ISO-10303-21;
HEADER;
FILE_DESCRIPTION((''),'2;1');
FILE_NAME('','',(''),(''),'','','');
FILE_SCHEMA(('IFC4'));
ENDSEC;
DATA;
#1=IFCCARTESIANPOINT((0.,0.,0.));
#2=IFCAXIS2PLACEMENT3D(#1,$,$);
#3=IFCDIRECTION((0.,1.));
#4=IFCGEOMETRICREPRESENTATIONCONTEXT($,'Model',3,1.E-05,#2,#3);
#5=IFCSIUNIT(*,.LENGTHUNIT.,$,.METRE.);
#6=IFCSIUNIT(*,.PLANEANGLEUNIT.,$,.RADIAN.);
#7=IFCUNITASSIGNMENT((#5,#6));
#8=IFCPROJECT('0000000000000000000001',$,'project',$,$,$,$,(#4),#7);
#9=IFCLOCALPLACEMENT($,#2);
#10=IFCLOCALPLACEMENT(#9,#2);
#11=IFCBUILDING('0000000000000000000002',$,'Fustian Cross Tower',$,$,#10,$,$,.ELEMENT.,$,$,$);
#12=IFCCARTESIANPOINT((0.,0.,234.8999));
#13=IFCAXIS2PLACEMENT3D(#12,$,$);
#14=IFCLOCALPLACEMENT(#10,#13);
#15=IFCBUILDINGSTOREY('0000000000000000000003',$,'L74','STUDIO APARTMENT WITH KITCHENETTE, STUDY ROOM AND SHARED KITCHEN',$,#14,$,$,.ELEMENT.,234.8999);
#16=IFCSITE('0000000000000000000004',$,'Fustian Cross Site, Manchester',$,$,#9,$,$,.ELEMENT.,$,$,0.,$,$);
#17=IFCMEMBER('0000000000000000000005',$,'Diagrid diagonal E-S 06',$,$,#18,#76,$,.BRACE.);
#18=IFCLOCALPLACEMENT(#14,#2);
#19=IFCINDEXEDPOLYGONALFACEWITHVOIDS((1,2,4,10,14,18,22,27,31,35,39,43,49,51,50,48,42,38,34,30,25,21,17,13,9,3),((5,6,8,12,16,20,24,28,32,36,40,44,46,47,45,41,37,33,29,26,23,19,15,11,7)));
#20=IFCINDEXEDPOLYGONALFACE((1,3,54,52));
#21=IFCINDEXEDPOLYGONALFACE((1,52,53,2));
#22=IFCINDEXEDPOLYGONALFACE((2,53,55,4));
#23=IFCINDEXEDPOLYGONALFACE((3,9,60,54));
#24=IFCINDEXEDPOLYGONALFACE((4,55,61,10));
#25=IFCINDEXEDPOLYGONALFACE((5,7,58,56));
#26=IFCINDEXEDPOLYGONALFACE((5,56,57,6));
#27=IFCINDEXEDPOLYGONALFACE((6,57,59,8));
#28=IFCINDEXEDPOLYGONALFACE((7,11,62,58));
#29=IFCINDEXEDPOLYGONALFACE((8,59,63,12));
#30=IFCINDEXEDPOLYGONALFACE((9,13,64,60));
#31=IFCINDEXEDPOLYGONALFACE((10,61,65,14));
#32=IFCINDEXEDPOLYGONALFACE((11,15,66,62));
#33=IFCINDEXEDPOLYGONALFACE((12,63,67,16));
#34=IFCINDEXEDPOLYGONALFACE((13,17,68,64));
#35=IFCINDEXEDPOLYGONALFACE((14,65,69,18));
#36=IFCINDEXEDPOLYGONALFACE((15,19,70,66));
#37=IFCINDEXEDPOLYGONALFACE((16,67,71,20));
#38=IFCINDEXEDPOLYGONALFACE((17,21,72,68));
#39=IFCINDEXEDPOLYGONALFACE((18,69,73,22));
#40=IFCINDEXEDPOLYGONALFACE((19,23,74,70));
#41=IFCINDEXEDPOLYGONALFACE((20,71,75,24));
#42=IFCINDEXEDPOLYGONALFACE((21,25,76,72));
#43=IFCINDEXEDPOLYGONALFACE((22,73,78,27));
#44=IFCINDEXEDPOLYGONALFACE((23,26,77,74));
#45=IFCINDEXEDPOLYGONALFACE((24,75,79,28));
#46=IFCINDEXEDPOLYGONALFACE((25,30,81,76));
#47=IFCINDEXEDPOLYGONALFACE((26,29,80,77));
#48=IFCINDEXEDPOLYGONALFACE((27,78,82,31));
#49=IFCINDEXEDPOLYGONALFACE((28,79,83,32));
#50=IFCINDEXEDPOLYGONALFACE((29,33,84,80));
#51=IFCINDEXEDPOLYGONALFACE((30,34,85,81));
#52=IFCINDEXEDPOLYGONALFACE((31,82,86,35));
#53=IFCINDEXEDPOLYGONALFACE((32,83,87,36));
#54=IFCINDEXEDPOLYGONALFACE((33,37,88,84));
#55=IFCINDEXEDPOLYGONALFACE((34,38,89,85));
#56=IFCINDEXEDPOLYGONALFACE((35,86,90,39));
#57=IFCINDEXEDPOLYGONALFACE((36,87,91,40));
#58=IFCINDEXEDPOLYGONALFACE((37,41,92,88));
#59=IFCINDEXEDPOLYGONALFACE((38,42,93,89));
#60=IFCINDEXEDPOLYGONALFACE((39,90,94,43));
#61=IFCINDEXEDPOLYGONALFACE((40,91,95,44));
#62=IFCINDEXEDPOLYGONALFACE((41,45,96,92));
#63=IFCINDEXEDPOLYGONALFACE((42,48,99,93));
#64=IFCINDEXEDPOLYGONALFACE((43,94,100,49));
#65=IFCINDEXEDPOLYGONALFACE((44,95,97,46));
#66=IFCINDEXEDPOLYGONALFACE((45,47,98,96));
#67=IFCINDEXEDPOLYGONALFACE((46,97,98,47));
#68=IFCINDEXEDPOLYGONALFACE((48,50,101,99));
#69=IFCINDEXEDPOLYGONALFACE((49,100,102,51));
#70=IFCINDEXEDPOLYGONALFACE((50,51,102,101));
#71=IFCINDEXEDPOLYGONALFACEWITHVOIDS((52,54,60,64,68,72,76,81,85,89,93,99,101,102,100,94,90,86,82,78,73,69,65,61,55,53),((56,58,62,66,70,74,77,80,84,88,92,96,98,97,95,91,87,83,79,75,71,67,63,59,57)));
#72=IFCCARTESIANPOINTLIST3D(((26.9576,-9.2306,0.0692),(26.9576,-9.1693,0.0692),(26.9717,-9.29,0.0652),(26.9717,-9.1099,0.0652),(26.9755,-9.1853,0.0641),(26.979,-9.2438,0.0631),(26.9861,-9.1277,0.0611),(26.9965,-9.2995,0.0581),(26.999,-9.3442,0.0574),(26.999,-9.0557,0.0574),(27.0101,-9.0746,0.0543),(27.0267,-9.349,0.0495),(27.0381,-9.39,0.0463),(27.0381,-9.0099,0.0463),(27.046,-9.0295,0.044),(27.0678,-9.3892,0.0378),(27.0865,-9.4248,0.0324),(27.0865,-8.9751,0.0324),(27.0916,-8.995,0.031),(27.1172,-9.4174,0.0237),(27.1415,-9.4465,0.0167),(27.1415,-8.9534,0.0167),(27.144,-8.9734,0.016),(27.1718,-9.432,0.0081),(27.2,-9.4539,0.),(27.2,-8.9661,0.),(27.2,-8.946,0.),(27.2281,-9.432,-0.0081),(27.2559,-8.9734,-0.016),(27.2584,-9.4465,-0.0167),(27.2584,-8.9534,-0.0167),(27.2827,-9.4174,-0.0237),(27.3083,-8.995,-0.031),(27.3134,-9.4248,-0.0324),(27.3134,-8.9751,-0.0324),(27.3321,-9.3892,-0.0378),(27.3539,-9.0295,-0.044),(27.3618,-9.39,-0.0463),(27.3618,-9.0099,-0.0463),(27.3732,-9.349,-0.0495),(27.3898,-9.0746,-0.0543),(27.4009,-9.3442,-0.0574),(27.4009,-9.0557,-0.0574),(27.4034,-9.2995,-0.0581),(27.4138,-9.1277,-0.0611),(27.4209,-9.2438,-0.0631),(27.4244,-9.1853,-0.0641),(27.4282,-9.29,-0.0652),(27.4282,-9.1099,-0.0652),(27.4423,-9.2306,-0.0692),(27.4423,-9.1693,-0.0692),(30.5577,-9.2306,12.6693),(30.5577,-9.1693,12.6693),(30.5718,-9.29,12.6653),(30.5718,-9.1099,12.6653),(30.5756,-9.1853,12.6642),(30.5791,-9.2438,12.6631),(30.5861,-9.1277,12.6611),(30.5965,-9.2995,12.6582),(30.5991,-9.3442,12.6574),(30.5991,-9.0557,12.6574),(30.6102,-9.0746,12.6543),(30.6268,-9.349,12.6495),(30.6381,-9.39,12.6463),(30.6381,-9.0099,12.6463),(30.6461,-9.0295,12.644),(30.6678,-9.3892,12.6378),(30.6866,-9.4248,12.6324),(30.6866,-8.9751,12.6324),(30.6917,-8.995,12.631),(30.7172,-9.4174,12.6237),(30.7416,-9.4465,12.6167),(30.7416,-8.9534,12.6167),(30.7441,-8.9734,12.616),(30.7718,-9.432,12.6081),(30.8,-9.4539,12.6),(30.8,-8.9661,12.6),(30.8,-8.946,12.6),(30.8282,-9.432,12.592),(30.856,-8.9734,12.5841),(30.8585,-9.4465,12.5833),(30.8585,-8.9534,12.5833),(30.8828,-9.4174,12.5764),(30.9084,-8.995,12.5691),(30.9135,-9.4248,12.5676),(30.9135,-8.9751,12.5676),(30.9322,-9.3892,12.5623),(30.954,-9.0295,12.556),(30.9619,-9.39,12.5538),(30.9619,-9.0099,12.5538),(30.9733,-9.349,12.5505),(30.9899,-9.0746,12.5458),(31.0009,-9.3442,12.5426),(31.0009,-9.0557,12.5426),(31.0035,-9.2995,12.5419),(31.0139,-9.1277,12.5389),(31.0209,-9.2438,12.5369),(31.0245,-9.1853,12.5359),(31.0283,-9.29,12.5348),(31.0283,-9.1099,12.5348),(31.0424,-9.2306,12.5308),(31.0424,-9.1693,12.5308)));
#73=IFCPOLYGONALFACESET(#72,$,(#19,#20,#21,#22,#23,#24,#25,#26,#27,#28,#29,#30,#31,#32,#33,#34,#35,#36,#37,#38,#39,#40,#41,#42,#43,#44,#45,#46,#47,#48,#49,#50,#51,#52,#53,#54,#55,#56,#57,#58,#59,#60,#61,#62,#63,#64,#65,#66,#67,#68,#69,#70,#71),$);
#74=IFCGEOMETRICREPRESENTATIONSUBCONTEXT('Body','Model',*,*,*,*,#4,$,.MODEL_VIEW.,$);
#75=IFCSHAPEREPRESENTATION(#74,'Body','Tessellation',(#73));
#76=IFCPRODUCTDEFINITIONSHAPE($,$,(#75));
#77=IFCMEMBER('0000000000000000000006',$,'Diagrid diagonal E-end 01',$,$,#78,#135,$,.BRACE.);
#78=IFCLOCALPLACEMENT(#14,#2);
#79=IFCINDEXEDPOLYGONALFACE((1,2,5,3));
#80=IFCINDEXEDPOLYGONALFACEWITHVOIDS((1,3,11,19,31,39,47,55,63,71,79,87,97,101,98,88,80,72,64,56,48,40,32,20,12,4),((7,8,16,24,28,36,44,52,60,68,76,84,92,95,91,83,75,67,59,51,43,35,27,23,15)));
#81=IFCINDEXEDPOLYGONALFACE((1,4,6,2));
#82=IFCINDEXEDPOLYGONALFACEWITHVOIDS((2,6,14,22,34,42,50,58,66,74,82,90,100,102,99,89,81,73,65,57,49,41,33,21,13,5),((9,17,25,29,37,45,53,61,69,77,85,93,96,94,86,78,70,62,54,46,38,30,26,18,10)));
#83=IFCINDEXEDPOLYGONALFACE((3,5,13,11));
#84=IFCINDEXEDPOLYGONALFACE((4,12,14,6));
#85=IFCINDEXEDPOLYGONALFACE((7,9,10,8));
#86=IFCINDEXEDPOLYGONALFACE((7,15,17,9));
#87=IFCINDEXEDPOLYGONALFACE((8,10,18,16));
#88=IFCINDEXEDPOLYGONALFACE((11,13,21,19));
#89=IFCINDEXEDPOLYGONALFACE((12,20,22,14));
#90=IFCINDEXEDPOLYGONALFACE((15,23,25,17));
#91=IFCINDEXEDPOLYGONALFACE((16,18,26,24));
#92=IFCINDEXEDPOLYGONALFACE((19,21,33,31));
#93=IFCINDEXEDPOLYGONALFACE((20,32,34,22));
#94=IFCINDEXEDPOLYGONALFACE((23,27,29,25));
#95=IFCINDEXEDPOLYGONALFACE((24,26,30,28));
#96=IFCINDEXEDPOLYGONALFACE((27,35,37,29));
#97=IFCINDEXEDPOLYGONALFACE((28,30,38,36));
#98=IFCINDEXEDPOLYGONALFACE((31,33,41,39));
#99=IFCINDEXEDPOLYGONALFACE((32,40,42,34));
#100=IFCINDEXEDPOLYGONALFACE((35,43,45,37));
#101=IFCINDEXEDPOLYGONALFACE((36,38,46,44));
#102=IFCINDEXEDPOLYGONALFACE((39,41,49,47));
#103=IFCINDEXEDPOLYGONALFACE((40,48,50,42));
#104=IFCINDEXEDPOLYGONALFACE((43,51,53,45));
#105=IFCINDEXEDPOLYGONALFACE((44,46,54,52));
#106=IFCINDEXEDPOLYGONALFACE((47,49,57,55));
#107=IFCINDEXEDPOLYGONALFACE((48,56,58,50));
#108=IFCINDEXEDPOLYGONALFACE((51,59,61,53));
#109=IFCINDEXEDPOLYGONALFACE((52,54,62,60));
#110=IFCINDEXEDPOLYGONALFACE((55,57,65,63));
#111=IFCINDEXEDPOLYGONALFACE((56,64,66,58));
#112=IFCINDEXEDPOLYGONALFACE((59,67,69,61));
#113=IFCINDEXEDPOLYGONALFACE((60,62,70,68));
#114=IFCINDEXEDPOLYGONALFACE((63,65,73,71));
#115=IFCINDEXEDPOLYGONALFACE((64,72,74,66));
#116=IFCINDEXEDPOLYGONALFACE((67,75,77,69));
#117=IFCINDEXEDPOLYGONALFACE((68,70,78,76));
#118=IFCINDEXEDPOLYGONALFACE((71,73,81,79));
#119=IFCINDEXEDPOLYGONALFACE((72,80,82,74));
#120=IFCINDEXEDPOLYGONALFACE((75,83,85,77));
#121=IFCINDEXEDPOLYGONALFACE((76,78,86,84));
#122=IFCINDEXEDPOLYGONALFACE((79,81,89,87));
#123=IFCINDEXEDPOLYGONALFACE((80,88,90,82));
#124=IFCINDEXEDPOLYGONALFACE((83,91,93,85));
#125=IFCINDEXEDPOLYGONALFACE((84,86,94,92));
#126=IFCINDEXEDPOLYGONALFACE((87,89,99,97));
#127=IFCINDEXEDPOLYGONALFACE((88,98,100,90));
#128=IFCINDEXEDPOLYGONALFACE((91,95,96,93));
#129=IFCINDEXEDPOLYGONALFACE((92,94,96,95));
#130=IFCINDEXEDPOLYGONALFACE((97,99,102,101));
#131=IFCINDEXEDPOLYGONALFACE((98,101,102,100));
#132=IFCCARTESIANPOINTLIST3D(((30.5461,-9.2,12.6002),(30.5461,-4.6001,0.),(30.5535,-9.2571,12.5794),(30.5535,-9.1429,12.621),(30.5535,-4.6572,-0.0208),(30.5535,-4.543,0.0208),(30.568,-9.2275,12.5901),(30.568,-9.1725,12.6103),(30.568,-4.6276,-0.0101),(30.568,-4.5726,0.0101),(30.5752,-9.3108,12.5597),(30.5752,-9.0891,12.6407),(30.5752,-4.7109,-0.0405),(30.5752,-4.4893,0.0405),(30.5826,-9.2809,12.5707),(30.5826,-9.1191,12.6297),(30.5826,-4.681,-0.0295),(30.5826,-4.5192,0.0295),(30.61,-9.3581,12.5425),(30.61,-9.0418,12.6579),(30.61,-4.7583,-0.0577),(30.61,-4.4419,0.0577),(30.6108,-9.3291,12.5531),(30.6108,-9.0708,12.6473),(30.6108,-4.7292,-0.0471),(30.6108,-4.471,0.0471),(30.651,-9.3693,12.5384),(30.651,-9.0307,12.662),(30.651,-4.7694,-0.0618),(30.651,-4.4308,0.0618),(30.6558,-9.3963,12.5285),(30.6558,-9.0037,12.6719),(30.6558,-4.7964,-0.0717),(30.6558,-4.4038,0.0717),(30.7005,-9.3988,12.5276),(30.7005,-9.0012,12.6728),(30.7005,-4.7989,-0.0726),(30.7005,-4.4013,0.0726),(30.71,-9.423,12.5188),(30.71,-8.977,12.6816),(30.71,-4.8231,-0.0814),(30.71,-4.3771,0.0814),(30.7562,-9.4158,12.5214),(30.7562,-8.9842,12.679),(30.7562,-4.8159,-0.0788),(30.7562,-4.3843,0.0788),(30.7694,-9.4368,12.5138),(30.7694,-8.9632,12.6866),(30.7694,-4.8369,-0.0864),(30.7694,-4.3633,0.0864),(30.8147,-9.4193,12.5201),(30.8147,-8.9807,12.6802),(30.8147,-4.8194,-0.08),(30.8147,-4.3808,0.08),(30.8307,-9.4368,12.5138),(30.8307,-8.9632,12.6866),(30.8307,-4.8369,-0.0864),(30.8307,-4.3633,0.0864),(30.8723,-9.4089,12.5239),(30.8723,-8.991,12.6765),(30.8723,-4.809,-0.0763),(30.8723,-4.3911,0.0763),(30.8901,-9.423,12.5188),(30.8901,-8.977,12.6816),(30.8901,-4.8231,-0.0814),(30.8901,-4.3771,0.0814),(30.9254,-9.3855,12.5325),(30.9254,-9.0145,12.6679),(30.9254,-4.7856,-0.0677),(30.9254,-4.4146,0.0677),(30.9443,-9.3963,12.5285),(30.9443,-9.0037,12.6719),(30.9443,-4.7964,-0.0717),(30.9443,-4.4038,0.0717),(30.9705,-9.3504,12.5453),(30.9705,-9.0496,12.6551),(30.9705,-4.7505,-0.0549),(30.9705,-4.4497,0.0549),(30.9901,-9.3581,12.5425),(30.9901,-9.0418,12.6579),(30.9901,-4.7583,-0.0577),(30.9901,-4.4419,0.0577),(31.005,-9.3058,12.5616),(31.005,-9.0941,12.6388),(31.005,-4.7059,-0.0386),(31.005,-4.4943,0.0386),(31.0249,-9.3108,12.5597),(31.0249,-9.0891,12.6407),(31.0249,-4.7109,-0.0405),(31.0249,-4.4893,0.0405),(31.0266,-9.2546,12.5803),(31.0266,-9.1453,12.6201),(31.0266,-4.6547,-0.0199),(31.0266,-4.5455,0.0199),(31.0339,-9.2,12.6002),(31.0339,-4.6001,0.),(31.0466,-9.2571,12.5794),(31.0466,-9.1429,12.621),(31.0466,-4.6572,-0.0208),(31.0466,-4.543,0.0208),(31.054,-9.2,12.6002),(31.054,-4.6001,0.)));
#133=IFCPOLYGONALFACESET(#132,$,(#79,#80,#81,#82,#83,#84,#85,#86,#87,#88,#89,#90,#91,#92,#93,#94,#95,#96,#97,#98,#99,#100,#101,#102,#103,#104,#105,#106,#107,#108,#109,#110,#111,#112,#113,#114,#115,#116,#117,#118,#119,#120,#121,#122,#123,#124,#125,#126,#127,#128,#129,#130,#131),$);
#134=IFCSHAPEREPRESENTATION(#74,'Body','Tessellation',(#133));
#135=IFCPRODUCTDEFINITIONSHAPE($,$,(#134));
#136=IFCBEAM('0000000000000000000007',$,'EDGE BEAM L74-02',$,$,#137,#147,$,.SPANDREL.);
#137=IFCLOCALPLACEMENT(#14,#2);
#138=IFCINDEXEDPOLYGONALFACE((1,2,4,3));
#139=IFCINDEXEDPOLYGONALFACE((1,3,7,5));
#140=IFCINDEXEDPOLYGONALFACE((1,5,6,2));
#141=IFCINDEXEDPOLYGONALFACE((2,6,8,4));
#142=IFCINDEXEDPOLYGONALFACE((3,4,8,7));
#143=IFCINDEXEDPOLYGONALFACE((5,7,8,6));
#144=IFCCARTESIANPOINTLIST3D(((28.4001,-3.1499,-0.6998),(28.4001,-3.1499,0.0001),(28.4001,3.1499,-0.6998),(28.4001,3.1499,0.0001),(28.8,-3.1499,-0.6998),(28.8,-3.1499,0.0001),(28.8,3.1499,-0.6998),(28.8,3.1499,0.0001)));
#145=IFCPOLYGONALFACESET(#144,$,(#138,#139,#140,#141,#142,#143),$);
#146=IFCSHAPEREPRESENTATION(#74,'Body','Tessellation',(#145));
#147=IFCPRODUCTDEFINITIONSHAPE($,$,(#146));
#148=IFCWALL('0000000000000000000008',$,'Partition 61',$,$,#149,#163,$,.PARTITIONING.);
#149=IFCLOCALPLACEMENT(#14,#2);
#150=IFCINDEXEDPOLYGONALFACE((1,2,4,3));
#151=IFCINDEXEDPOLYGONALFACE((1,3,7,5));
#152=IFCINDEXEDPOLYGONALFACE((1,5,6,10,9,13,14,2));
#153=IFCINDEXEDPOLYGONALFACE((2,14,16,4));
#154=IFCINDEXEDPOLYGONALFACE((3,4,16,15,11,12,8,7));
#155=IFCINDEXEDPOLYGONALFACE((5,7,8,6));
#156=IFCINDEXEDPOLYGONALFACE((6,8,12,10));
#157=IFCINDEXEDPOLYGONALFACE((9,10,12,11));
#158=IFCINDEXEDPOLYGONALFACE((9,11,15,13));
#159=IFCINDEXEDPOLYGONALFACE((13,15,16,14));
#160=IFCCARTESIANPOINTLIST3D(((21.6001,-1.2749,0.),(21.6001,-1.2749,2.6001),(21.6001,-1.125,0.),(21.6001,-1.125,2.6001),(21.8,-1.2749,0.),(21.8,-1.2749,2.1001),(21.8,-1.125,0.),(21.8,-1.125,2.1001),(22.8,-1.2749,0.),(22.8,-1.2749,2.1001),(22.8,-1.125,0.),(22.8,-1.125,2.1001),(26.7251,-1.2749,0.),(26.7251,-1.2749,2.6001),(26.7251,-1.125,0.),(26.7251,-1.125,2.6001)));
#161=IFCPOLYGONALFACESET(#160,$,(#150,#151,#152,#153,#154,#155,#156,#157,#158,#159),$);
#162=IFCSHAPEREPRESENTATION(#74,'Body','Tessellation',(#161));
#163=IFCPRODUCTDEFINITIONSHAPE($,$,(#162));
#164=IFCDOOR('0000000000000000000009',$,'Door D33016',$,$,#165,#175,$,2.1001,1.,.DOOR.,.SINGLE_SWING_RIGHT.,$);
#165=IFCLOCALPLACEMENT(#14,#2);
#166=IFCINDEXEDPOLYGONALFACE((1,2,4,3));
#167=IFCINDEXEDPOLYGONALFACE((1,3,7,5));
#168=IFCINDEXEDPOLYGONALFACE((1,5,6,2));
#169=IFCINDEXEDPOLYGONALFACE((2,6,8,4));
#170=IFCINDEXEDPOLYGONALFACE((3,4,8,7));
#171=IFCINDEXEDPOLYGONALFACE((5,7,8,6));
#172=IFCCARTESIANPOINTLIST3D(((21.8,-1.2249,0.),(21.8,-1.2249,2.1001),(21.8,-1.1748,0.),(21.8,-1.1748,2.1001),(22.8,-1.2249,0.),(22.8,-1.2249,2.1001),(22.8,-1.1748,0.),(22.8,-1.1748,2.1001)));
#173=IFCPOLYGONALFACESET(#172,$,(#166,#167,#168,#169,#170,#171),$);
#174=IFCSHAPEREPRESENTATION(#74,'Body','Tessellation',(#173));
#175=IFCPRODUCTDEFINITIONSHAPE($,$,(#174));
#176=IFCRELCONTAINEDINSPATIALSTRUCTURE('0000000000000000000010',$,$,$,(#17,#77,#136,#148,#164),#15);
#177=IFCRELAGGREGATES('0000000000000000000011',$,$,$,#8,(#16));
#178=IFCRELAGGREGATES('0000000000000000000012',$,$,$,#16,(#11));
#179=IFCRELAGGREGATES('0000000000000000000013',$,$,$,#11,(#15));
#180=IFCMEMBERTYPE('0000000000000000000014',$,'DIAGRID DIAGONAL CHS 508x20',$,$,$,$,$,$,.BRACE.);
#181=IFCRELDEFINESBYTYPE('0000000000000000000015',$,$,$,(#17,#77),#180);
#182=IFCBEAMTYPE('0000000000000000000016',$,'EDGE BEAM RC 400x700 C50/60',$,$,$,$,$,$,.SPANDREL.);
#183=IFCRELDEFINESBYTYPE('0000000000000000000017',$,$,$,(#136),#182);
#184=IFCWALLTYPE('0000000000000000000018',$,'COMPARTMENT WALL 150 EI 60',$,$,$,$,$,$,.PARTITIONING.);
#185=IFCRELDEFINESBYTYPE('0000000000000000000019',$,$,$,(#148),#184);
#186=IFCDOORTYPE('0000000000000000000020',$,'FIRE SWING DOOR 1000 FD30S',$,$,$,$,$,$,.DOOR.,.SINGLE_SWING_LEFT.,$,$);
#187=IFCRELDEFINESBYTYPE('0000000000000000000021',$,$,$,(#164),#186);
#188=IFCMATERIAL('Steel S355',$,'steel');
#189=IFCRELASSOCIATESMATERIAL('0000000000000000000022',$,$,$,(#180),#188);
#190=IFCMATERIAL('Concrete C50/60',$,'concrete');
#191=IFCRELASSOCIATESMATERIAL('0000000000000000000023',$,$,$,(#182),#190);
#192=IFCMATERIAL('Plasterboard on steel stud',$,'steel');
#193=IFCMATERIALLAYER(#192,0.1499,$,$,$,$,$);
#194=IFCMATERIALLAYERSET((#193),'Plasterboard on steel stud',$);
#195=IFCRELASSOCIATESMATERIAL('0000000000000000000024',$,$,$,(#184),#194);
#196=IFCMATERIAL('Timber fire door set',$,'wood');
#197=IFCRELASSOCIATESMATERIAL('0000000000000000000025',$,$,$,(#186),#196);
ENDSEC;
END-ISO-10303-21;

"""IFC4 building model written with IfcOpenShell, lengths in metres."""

from ifc_helpers import new_model, si_unit, direction, frame, frame_2d, origin, origin_2d, place, context, subcontext, project, spatial, rectangle, hollow_circle, extrude, material, layer, layer_set, material_profile, profile_set, type_object, element, fill, save


model = new_model("IFC4")

# Units and contexts
model_context = context("Model", 3, precision=1e-05, world=origin(), true_north=direction((0.0, 1.0)))
body_context = subcontext(model_context, "Body", "Model", "MODEL_VIEW")
ifc_project = project(units=[si_unit("LENGTHUNIT", "METRE"), si_unit("PLANEANGLEUNIT", "RADIAN")], contexts=[model_context])

# Site, building, storey
site_placement = place(None, origin())
site = spatial("IfcSite", under=ifc_project, at=site_placement, Name="Fustian Cross Site, Manchester", CompositionType="ELEMENT", RefElevation=0.0)
building_placement = place(site_placement, origin())
building = spatial("IfcBuilding", under=site, at=building_placement, Name="Fustian Cross Tower", CompositionType="ELEMENT")
storey_placement = place(building_placement, frame((0.0, 0.0, 234.8999)))
storey = spatial("IfcBuildingStorey", under=building, at=storey_placement, Name="L74", Description="STUDIO APARTMENT WITH KITCHENETTE, STUDY ROOM AND SHARED KITCHEN", CompositionType="ELEMENT", Elevation=234.8999)

# Members
ifc_material_1 = material(Name="Steel S355", Category="steel")
ifc_material_profile_1 = material_profile(ifc_material_1, hollow_circle(Radius=0.2539, WallThickness=0.02, at=origin_2d()), Name="CHS 508x20")
ifc_profile_set_1 = profile_set([ifc_material_profile_1], Name="Steel S355")
member_type_1 = type_object("IfcMemberType", Name="DIAGRID DIAGONAL CHS 508x20", PredefinedType="BRACE", material=ifc_profile_set_1)
member_1_placement = place(storey_placement, frame((27.2, -9.2, 0.0), z_axis=(0.274726, 0.0, 0.961523), x_axis=(0.0, 1.0, 0.0)))
element("IfcMember", 1, at=member_1_placement, inside=storey, type_object=member_type_1, Name="Diagrid diagonal E-S 06", PredefinedType="BRACE", context=body_context, shape_type="SweptSolid", body=[
    extrude(hollow_circle(Radius=0.2539, WallThickness=0.02, at=origin_2d()), origin(), (0.0, 0.0, 1.0), 13.1042),
])
member_2_placement = place(storey_placement, frame((30.8, -4.6001, 0.0), z_axis=(0.0, -0.342928, 0.939362), x_axis=(1.0, 0.0, 0.0)))
element("IfcMember", 2, at=member_2_placement, inside=storey, type_object=member_type_1, Name="Diagrid diagonal E-end 01", PredefinedType="BRACE", context=body_context, shape_type="SweptSolid", body=[
    extrude(hollow_circle(Radius=0.2539, WallThickness=0.02, at=origin_2d()), origin(), (0.0, 0.0, 1.0), 13.4136),
])

# Beam
ifc_material_2 = material(Name="Concrete C50/60", Category="concrete")
ifc_material_profile_2 = material_profile(ifc_material_2, rectangle(XDim=0.3999, YDim=0.7, at=origin_2d()), Name="RC 400x700")
ifc_profile_set_2 = profile_set([ifc_material_profile_2], Name="Concrete C50/60")
beam_type = type_object("IfcBeamType", Name="EDGE BEAM RC 400x700 C50/60", PredefinedType="SPANDREL", material=ifc_profile_set_2)
beam_placement = place(storey_placement, frame((28.6001, -3.1499, -0.3499), z_axis=(0.0, 1.0, 0.0), x_axis=(-1.0, 0.0, 0.0)))
element("IfcBeam", 3, at=beam_placement, inside=storey, type_object=beam_type, Name="EDGE BEAM L74-02", PredefinedType="SPANDREL", context=body_context, shape_type="SweptSolid", body=[
    extrude(rectangle(XDim=0.3999, YDim=0.7, at=origin_2d()), origin(), (0.0, 0.0, 1.0), 6.2998),
])

# Wall, opening, door
ifc_material_3 = material(Name="Plasterboard on steel stud", Category="steel")
ifc_layer_1 = layer(ifc_material_3, 0.1499)
ifc_layer_set_1 = layer_set([ifc_layer_1], Name="Plasterboard on steel stud")
wall_type_1 = type_object("IfcWallType", Name="COMPARTMENT WALL 150 EI 60", PredefinedType="PARTITIONING", material=ifc_layer_set_1)
wall_1_placement = place(storey_placement, frame((21.6001, -1.2, 0.0), z_axis=(0.0, 0.0, 1.0), x_axis=(1.0, 0.0, 0.0)))
wall_1 = element("IfcWall", 4, at=wall_1_placement, inside=storey, type_object=wall_type_1, Name="Partition 61", PredefinedType="PARTITIONING", context=body_context, shape_type="SweptSolid", body=[
    extrude(rectangle(XDim=5.125, YDim=0.1499, at=frame_2d((2.5625, 0.0))), origin(), (0.0, 0.0, 1.0), 2.6001),
])
opening_1_placement = place(wall_1_placement, frame((0.2, 0.0, 0.0)))
opening_1 = element("IfcOpeningElement", 5, at=opening_1_placement, cuts=wall_1, PredefinedType="OPENING", context=body_context, shape_type="SweptSolid", body=[
    extrude(rectangle(XDim=1.0, YDim=2.1001, at=frame_2d((0.5, 1.05))), frame((0.0, 0.085, 0.0), z_axis=(0.0, -1.0, 0.0), x_axis=(1.0, 0.0, 0.0)), (0.0, 0.0, 1.0), 0.1699),
])
ifc_material_4 = material(Name="Timber fire door set", Category="wood")
door_type_1 = type_object("IfcDoorType", Name="FIRE SWING DOOR 1000 FD30S", OperationType="SINGLE_SWING_LEFT", PredefinedType="DOOR", material=ifc_material_4)
door_1_placement = place(opening_1_placement, frame((1.0, 0.0, 0.0), z_axis=(0.0, 0.0, 1.0), x_axis=(-1.0, 0.0, 0.0)))
door_1 = element("IfcDoor", 6, at=door_1_placement, inside=storey, type_object=door_type_1, Name="Door D33016", OperationType="SINGLE_SWING_RIGHT", OverallHeight=2.1001, OverallWidth=1.0, PredefinedType="DOOR", context=body_context, shape_type="SweptSolid", body=[
    extrude(rectangle(XDim=1.0, YDim=2.1001, at=frame_2d((0.5, 1.05))), frame((0.0, 0.0249, 0.0), z_axis=(0.0, -1.0, 0.0), x_axis=(1.0, 0.0, 0.0)), (0.0, 0.0, 1.0), 0.05),
])
fill(opening_1, door_1)

save(model, "model.ifc")
